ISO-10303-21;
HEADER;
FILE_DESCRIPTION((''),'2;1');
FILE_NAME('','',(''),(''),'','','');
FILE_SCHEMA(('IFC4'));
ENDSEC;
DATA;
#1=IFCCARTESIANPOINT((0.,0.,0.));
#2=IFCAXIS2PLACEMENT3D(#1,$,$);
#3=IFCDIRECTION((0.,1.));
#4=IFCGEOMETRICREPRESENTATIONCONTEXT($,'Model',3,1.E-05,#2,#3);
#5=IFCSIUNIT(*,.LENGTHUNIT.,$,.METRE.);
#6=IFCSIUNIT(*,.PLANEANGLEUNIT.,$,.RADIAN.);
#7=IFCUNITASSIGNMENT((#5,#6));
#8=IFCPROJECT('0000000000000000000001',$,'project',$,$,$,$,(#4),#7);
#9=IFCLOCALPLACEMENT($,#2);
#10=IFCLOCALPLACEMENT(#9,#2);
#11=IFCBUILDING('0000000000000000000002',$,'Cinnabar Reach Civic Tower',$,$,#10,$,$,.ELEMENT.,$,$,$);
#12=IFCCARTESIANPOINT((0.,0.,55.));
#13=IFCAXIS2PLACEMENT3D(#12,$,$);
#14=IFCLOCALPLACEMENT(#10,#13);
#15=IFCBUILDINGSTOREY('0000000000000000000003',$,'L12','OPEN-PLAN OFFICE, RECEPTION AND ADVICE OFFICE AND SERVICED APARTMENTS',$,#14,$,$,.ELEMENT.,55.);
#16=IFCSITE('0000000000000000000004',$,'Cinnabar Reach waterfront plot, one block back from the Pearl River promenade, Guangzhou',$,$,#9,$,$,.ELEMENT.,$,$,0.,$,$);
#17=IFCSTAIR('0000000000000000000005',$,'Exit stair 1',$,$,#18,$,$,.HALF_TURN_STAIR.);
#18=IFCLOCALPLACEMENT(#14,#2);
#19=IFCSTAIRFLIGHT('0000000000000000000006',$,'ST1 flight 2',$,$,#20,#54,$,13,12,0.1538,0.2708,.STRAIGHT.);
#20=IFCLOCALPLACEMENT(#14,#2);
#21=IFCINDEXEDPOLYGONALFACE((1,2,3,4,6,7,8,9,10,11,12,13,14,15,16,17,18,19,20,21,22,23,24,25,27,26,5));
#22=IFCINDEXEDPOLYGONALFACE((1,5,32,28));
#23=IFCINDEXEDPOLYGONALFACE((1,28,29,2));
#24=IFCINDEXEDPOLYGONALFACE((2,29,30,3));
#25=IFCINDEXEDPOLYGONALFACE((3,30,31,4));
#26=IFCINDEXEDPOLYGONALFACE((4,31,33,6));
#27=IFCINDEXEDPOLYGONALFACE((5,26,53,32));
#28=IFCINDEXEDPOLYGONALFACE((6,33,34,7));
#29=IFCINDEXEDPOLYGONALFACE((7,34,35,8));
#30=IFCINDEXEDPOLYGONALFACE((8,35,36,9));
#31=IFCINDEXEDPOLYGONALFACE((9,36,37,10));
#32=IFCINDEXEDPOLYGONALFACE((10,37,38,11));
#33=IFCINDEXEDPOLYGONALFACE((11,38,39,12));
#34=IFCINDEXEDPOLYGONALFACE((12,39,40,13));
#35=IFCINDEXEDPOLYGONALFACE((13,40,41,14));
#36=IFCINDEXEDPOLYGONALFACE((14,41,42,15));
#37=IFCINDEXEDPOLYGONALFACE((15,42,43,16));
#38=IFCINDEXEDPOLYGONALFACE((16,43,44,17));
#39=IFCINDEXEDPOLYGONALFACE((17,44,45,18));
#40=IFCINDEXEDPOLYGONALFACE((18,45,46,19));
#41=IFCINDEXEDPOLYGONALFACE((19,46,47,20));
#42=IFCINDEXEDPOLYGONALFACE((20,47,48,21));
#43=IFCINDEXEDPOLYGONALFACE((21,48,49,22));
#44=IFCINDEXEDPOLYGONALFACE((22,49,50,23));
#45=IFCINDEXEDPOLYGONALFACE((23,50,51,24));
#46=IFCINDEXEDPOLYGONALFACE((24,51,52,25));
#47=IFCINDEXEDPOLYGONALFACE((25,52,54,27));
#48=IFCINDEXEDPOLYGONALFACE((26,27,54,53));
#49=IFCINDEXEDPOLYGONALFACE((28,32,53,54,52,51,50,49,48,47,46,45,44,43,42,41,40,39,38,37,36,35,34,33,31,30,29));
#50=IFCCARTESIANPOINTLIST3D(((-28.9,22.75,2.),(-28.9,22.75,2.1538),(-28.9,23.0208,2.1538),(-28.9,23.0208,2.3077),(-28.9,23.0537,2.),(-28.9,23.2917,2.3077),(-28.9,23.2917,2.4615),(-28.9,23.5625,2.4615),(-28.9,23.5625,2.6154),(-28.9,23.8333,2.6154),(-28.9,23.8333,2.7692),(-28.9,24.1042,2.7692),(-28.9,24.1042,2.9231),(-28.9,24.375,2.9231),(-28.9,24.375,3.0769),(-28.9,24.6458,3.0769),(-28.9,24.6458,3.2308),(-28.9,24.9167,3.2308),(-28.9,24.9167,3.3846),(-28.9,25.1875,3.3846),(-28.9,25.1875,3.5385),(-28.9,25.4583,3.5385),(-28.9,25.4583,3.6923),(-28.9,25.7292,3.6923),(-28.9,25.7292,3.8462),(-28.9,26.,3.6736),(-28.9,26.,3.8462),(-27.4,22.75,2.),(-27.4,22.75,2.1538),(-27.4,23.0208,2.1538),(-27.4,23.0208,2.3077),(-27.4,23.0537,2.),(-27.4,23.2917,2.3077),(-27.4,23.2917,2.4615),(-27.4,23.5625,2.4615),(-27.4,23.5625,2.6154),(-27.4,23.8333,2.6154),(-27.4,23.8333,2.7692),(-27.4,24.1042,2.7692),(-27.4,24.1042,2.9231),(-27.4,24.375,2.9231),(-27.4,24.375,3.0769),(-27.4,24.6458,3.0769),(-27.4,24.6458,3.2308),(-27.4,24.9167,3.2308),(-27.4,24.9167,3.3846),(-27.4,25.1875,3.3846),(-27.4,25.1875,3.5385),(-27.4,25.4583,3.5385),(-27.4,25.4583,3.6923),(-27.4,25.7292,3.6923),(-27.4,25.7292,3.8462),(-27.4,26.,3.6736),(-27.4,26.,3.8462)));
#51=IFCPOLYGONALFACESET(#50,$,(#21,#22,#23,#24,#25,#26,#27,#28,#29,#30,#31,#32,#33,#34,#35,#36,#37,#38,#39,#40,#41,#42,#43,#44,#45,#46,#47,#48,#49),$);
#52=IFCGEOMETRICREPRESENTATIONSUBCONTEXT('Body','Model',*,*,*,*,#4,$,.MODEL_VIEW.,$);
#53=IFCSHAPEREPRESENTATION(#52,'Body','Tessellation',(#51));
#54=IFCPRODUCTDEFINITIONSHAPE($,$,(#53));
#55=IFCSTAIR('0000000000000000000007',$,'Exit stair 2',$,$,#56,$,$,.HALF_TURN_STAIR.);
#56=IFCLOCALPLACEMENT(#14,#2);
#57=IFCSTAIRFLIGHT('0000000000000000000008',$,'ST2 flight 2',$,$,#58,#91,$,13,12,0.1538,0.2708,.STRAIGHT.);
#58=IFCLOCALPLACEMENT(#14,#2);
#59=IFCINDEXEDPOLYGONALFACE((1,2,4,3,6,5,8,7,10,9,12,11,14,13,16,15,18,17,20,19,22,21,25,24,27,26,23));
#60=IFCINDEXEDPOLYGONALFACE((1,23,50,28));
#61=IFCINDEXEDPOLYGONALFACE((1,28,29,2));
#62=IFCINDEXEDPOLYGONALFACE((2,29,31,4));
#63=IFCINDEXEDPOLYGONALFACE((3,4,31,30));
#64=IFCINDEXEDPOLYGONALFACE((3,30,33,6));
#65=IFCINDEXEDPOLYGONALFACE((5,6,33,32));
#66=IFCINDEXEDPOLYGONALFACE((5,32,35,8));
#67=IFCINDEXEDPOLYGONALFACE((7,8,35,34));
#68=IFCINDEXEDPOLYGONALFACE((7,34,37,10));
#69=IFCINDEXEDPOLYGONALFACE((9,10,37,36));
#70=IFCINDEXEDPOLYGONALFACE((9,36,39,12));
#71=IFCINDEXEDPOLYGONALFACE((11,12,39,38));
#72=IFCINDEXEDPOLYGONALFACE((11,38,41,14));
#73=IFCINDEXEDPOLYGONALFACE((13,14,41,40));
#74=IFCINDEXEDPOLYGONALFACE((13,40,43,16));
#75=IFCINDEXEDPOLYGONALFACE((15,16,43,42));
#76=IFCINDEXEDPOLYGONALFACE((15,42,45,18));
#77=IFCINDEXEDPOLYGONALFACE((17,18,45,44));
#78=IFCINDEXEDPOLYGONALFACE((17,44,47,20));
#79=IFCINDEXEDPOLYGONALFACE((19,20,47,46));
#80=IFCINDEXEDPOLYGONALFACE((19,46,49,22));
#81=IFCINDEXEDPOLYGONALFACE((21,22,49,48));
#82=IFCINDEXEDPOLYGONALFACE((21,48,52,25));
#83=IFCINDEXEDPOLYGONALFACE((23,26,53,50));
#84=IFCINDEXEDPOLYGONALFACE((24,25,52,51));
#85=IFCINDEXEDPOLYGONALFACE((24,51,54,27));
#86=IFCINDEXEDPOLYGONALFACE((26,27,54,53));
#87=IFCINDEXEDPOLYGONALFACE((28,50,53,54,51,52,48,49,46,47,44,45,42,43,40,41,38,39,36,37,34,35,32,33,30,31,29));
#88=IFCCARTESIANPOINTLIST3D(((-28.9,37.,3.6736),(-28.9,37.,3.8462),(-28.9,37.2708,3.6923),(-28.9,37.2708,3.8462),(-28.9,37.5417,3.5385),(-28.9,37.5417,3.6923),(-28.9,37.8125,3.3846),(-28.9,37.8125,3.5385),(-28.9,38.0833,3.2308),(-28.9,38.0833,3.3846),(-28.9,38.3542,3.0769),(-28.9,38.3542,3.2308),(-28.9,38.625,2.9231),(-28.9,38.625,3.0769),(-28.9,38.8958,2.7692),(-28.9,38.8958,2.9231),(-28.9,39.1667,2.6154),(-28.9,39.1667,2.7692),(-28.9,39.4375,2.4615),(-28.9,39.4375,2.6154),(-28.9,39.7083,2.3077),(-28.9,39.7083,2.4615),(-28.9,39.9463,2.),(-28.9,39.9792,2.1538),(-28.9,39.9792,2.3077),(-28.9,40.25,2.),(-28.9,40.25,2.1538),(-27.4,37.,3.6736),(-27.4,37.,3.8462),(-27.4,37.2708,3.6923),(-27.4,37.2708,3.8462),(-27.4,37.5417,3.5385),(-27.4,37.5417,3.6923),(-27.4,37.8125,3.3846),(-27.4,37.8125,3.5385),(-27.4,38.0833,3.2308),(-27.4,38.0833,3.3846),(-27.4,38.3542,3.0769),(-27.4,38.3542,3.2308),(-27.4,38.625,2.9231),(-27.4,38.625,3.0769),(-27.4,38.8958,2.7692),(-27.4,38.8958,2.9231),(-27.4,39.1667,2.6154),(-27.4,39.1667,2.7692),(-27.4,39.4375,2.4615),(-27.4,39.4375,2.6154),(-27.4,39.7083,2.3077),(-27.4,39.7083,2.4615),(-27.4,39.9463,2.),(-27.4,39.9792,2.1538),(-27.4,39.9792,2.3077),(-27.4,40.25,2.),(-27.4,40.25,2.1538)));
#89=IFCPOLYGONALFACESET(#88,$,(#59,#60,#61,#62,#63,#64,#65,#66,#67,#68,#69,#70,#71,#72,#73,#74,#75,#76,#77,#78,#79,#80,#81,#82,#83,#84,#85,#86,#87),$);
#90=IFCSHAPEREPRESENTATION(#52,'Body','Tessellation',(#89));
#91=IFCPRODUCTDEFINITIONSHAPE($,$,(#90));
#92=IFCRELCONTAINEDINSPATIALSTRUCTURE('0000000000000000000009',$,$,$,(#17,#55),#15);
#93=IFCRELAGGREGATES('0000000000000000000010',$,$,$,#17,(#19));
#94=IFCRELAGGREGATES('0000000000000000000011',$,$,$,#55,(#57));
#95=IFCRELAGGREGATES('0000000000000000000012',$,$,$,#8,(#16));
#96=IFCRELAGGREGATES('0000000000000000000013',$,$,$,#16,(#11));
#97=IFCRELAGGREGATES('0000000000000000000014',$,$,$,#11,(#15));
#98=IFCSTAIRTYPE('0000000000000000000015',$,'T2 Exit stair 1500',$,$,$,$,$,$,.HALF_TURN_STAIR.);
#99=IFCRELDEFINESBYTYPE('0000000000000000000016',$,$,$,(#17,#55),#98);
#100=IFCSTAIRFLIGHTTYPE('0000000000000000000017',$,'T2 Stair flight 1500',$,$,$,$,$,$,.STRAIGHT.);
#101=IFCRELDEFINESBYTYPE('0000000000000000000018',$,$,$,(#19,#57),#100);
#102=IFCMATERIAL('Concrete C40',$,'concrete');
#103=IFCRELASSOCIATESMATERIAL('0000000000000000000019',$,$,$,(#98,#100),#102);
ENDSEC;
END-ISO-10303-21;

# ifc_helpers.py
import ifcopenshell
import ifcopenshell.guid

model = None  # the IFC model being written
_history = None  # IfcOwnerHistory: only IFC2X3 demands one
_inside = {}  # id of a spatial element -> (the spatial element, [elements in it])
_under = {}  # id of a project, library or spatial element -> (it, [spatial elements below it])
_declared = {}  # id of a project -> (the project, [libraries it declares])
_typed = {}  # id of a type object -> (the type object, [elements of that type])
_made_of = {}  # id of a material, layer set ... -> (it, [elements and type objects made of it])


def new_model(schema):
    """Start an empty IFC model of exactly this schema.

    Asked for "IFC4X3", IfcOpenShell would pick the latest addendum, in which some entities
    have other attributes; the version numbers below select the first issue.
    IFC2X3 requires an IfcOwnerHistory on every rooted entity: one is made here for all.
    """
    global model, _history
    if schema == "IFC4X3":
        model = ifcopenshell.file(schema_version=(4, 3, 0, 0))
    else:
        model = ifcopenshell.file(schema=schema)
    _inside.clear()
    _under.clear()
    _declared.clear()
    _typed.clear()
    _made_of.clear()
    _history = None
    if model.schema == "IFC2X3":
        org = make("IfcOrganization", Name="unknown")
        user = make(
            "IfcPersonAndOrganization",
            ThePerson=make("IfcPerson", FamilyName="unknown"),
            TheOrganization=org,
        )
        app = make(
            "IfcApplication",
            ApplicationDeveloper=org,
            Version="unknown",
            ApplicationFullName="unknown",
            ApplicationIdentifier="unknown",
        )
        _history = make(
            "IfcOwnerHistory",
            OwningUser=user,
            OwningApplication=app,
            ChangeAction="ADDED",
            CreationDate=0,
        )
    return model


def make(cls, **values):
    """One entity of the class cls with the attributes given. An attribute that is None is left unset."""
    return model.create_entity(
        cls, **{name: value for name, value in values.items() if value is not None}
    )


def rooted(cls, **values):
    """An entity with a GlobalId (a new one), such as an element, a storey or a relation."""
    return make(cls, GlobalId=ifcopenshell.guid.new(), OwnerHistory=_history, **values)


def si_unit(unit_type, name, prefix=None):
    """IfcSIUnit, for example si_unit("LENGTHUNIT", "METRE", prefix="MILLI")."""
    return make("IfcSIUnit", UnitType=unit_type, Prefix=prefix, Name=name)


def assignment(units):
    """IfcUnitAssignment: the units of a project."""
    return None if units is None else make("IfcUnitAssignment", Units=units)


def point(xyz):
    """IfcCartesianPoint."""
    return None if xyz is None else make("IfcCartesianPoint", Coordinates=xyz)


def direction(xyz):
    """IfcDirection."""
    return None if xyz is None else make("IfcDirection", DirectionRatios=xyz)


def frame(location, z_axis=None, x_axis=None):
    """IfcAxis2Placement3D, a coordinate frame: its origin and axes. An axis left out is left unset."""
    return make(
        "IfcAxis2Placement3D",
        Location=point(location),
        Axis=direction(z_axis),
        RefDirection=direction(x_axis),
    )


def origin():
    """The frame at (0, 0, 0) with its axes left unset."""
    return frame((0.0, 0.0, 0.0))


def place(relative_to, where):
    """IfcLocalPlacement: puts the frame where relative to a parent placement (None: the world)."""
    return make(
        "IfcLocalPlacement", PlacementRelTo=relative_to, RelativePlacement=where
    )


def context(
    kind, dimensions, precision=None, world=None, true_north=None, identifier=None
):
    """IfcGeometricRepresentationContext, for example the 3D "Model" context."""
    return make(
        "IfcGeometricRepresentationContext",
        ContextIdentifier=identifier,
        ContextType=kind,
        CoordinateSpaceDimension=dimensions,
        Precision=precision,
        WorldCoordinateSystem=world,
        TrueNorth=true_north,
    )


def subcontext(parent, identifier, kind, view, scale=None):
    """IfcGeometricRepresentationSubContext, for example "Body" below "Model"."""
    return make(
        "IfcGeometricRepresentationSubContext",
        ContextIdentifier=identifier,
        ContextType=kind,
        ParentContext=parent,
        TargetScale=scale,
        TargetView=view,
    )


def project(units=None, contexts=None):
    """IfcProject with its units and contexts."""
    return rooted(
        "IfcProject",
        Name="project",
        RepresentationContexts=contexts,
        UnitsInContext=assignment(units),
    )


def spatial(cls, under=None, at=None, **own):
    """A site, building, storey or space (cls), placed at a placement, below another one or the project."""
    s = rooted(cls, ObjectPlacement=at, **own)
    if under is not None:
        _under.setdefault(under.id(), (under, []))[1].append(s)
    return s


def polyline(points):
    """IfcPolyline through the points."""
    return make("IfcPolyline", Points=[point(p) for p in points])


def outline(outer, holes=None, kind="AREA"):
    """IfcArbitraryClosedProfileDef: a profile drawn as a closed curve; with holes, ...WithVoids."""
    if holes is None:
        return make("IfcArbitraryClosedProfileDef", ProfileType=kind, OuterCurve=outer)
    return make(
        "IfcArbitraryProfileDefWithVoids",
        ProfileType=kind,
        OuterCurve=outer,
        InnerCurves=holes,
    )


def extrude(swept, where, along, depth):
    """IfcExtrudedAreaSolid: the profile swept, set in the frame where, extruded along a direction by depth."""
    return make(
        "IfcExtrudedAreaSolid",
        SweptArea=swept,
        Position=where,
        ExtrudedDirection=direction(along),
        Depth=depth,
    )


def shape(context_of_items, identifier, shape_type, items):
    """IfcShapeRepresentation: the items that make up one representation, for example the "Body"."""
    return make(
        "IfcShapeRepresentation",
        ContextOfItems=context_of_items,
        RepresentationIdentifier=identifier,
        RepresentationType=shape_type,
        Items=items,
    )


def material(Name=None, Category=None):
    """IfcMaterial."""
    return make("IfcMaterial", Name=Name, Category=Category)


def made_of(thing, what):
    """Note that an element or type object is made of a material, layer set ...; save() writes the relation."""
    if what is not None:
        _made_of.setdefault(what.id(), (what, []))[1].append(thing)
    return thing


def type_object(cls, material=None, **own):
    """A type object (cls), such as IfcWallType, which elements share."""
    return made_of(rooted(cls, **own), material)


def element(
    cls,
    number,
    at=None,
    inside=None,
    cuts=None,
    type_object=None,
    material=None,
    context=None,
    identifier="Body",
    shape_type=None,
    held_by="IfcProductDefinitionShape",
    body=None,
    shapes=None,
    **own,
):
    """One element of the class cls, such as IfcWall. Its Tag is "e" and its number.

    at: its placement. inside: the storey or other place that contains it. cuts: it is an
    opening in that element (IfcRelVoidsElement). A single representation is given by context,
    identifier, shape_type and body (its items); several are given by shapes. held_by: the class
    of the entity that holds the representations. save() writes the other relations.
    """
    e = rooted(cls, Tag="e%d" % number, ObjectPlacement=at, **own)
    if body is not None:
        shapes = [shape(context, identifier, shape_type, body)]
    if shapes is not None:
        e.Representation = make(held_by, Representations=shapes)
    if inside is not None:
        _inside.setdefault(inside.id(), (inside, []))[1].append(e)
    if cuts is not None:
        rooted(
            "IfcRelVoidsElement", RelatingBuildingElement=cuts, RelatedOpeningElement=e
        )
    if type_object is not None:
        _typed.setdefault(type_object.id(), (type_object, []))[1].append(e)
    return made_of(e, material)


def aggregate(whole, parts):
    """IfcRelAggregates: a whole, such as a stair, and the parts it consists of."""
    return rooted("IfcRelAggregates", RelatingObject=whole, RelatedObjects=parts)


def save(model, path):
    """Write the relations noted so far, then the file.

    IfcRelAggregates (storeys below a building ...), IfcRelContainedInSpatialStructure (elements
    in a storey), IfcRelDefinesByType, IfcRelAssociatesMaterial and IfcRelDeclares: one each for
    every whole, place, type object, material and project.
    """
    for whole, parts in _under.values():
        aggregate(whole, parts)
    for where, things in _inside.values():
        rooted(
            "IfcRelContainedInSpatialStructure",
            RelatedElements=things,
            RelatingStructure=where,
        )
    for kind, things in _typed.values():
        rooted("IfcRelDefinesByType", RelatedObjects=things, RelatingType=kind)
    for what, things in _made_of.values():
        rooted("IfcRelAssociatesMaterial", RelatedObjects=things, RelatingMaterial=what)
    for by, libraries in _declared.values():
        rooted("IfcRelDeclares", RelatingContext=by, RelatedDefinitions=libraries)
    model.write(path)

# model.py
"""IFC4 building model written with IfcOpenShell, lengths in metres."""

from ifc_helpers import new_model, si_unit, direction, frame, origin, place, context, subcontext, project, spatial, polyline, outline, extrude, material, type_object, element, aggregate, save


model = new_model("IFC4")

# Units and contexts
model_context = context("Model", 3, precision=1e-05, world=origin(), true_north=direction((0.0, 1.0)))
body_context = subcontext(model_context, "Body", "Model", "MODEL_VIEW")
ifc_project = project(units=[si_unit("LENGTHUNIT", "METRE"), si_unit("PLANEANGLEUNIT", "RADIAN")], contexts=[model_context])

# Site, building, storey
site_placement = place(None, origin())
site = spatial("IfcSite", under=ifc_project, at=site_placement, Name="Cinnabar Reach waterfront plot, one block back from the Pearl River promenade, Guangzhou", CompositionType="ELEMENT", RefElevation=0.0)
building_placement = place(site_placement, origin())
building = spatial("IfcBuilding", under=site, at=building_placement, Name="Cinnabar Reach Civic Tower", CompositionType="ELEMENT")
storey_placement = place(building_placement, frame((0.0, 0.0, 55.0)))
storey = spatial("IfcBuildingStorey", under=building, at=storey_placement, Name="L12", Description="OPEN-PLAN OFFICE, RECEPTION AND ADVICE OFFICE AND SERVICED APARTMENTS", CompositionType="ELEMENT", Elevation=55.0)

# Shared definitions
ifc_material_1 = material(Name="Concrete C40", Category="concrete")

# Stairs, stair flights
stair_type_1 = type_object("IfcStairType", Name="T2 Exit stair 1500", PredefinedType="HALF_TURN_STAIR", material=ifc_material_1)
stair_1_placement = place(storey_placement, origin())
stair_1 = element("IfcStair", 1, at=stair_1_placement, inside=storey, type_object=stair_type_1, Name="Exit stair 1", PredefinedType="HALF_TURN_STAIR")
stair_flight_type = type_object("IfcStairFlightType", Name="T2 Stair flight 1500", PredefinedType="STRAIGHT", material=ifc_material_1)
stair_flight_1_placement = place(storey_placement, frame((-28.15, 22.75, 2.0), z_axis=(0.0, 0.0, 1.0), x_axis=(0.0, 1.0, 0.0)))
stair_flight_1 = element("IfcStairFlight", 2, at=stair_flight_1_placement, type_object=stair_flight_type, Name="ST1 flight 2", NumberOfRisers=13, NumberOfTreads=12, PredefinedType="STRAIGHT", RiserHeight=0.1538, TreadLength=0.2708, context=body_context, shape_type="SweptSolid", body=[
    extrude(outline(polyline([(0.0, 0.0), (0.0, 0.1538), (0.2708, 0.1538), (0.2708, 0.3077), (0.5417, 0.3077), (0.5417, 0.4615), (0.8125, 0.4615), (0.8125, 0.6154), (1.0833, 0.6154), (1.0833, 0.7692), (1.3542, 0.7692), (1.3542, 0.9231), (1.625, 0.9231), (1.625, 1.0769), (1.8958, 1.0769), (1.8958, 1.2308), (2.1667, 1.2308), (2.1667, 1.3846), (2.4375, 1.3846), (2.4375, 1.5385), (2.7083, 1.5385), (2.7083, 1.6923), (2.9792, 1.6923), (2.9792, 1.8462), (3.25, 1.8462), (3.25, 2.0), (3.25, 1.6736), (0.3037, 0.0), (0.0, 0.0)])), frame((0.0, 0.75, 0.0), z_axis=(0.0, -1.0, 0.0), x_axis=(1.0, 0.0, 0.0)), (0.0, 0.0, 1.0), 1.5),
])
aggregate(stair_1, [stair_flight_1])
stair_2_placement = place(storey_placement, origin())
stair_2 = element("IfcStair", 3, at=stair_2_placement, inside=storey, type_object=stair_type_1, Name="Exit stair 2", PredefinedType="HALF_TURN_STAIR")
stair_flight_2_placement = place(storey_placement, frame((-28.15, 40.25, 2.0), z_axis=(0.0, 0.0, 1.0), x_axis=(0.0, -1.0, 0.0)))
stair_flight_2 = element("IfcStairFlight", 4, at=stair_flight_2_placement, type_object=stair_flight_type, Name="ST2 flight 2", NumberOfRisers=13, NumberOfTreads=12, PredefinedType="STRAIGHT", RiserHeight=0.1538, TreadLength=0.2708, context=body_context, shape_type="SweptSolid", body=[
    extrude(outline(polyline([(0.0, 0.0), (0.0, 0.1538), (0.2708, 0.1538), (0.2708, 0.3077), (0.5417, 0.3077), (0.5417, 0.4615), (0.8125, 0.4615), (0.8125, 0.6154), (1.0833, 0.6154), (1.0833, 0.7692), (1.3542, 0.7692), (1.3542, 0.9231), (1.625, 0.9231), (1.625, 1.0769), (1.8958, 1.0769), (1.8958, 1.2308), (2.1667, 1.2308), (2.1667, 1.3846), (2.4375, 1.3846), (2.4375, 1.5385), (2.7083, 1.5385), (2.7083, 1.6923), (2.9792, 1.6923), (2.9792, 1.8462), (3.25, 1.8462), (3.25, 2.0), (3.25, 1.6736), (0.3037, 0.0), (0.0, 0.0)])), frame((0.0, 0.75, 0.0), z_axis=(0.0, -1.0, 0.0), x_axis=(1.0, 0.0, 0.0)), (0.0, 0.0, 1.0), 1.5),
])
aggregate(stair_2, [stair_flight_2])

save(model, "model.ifc")
